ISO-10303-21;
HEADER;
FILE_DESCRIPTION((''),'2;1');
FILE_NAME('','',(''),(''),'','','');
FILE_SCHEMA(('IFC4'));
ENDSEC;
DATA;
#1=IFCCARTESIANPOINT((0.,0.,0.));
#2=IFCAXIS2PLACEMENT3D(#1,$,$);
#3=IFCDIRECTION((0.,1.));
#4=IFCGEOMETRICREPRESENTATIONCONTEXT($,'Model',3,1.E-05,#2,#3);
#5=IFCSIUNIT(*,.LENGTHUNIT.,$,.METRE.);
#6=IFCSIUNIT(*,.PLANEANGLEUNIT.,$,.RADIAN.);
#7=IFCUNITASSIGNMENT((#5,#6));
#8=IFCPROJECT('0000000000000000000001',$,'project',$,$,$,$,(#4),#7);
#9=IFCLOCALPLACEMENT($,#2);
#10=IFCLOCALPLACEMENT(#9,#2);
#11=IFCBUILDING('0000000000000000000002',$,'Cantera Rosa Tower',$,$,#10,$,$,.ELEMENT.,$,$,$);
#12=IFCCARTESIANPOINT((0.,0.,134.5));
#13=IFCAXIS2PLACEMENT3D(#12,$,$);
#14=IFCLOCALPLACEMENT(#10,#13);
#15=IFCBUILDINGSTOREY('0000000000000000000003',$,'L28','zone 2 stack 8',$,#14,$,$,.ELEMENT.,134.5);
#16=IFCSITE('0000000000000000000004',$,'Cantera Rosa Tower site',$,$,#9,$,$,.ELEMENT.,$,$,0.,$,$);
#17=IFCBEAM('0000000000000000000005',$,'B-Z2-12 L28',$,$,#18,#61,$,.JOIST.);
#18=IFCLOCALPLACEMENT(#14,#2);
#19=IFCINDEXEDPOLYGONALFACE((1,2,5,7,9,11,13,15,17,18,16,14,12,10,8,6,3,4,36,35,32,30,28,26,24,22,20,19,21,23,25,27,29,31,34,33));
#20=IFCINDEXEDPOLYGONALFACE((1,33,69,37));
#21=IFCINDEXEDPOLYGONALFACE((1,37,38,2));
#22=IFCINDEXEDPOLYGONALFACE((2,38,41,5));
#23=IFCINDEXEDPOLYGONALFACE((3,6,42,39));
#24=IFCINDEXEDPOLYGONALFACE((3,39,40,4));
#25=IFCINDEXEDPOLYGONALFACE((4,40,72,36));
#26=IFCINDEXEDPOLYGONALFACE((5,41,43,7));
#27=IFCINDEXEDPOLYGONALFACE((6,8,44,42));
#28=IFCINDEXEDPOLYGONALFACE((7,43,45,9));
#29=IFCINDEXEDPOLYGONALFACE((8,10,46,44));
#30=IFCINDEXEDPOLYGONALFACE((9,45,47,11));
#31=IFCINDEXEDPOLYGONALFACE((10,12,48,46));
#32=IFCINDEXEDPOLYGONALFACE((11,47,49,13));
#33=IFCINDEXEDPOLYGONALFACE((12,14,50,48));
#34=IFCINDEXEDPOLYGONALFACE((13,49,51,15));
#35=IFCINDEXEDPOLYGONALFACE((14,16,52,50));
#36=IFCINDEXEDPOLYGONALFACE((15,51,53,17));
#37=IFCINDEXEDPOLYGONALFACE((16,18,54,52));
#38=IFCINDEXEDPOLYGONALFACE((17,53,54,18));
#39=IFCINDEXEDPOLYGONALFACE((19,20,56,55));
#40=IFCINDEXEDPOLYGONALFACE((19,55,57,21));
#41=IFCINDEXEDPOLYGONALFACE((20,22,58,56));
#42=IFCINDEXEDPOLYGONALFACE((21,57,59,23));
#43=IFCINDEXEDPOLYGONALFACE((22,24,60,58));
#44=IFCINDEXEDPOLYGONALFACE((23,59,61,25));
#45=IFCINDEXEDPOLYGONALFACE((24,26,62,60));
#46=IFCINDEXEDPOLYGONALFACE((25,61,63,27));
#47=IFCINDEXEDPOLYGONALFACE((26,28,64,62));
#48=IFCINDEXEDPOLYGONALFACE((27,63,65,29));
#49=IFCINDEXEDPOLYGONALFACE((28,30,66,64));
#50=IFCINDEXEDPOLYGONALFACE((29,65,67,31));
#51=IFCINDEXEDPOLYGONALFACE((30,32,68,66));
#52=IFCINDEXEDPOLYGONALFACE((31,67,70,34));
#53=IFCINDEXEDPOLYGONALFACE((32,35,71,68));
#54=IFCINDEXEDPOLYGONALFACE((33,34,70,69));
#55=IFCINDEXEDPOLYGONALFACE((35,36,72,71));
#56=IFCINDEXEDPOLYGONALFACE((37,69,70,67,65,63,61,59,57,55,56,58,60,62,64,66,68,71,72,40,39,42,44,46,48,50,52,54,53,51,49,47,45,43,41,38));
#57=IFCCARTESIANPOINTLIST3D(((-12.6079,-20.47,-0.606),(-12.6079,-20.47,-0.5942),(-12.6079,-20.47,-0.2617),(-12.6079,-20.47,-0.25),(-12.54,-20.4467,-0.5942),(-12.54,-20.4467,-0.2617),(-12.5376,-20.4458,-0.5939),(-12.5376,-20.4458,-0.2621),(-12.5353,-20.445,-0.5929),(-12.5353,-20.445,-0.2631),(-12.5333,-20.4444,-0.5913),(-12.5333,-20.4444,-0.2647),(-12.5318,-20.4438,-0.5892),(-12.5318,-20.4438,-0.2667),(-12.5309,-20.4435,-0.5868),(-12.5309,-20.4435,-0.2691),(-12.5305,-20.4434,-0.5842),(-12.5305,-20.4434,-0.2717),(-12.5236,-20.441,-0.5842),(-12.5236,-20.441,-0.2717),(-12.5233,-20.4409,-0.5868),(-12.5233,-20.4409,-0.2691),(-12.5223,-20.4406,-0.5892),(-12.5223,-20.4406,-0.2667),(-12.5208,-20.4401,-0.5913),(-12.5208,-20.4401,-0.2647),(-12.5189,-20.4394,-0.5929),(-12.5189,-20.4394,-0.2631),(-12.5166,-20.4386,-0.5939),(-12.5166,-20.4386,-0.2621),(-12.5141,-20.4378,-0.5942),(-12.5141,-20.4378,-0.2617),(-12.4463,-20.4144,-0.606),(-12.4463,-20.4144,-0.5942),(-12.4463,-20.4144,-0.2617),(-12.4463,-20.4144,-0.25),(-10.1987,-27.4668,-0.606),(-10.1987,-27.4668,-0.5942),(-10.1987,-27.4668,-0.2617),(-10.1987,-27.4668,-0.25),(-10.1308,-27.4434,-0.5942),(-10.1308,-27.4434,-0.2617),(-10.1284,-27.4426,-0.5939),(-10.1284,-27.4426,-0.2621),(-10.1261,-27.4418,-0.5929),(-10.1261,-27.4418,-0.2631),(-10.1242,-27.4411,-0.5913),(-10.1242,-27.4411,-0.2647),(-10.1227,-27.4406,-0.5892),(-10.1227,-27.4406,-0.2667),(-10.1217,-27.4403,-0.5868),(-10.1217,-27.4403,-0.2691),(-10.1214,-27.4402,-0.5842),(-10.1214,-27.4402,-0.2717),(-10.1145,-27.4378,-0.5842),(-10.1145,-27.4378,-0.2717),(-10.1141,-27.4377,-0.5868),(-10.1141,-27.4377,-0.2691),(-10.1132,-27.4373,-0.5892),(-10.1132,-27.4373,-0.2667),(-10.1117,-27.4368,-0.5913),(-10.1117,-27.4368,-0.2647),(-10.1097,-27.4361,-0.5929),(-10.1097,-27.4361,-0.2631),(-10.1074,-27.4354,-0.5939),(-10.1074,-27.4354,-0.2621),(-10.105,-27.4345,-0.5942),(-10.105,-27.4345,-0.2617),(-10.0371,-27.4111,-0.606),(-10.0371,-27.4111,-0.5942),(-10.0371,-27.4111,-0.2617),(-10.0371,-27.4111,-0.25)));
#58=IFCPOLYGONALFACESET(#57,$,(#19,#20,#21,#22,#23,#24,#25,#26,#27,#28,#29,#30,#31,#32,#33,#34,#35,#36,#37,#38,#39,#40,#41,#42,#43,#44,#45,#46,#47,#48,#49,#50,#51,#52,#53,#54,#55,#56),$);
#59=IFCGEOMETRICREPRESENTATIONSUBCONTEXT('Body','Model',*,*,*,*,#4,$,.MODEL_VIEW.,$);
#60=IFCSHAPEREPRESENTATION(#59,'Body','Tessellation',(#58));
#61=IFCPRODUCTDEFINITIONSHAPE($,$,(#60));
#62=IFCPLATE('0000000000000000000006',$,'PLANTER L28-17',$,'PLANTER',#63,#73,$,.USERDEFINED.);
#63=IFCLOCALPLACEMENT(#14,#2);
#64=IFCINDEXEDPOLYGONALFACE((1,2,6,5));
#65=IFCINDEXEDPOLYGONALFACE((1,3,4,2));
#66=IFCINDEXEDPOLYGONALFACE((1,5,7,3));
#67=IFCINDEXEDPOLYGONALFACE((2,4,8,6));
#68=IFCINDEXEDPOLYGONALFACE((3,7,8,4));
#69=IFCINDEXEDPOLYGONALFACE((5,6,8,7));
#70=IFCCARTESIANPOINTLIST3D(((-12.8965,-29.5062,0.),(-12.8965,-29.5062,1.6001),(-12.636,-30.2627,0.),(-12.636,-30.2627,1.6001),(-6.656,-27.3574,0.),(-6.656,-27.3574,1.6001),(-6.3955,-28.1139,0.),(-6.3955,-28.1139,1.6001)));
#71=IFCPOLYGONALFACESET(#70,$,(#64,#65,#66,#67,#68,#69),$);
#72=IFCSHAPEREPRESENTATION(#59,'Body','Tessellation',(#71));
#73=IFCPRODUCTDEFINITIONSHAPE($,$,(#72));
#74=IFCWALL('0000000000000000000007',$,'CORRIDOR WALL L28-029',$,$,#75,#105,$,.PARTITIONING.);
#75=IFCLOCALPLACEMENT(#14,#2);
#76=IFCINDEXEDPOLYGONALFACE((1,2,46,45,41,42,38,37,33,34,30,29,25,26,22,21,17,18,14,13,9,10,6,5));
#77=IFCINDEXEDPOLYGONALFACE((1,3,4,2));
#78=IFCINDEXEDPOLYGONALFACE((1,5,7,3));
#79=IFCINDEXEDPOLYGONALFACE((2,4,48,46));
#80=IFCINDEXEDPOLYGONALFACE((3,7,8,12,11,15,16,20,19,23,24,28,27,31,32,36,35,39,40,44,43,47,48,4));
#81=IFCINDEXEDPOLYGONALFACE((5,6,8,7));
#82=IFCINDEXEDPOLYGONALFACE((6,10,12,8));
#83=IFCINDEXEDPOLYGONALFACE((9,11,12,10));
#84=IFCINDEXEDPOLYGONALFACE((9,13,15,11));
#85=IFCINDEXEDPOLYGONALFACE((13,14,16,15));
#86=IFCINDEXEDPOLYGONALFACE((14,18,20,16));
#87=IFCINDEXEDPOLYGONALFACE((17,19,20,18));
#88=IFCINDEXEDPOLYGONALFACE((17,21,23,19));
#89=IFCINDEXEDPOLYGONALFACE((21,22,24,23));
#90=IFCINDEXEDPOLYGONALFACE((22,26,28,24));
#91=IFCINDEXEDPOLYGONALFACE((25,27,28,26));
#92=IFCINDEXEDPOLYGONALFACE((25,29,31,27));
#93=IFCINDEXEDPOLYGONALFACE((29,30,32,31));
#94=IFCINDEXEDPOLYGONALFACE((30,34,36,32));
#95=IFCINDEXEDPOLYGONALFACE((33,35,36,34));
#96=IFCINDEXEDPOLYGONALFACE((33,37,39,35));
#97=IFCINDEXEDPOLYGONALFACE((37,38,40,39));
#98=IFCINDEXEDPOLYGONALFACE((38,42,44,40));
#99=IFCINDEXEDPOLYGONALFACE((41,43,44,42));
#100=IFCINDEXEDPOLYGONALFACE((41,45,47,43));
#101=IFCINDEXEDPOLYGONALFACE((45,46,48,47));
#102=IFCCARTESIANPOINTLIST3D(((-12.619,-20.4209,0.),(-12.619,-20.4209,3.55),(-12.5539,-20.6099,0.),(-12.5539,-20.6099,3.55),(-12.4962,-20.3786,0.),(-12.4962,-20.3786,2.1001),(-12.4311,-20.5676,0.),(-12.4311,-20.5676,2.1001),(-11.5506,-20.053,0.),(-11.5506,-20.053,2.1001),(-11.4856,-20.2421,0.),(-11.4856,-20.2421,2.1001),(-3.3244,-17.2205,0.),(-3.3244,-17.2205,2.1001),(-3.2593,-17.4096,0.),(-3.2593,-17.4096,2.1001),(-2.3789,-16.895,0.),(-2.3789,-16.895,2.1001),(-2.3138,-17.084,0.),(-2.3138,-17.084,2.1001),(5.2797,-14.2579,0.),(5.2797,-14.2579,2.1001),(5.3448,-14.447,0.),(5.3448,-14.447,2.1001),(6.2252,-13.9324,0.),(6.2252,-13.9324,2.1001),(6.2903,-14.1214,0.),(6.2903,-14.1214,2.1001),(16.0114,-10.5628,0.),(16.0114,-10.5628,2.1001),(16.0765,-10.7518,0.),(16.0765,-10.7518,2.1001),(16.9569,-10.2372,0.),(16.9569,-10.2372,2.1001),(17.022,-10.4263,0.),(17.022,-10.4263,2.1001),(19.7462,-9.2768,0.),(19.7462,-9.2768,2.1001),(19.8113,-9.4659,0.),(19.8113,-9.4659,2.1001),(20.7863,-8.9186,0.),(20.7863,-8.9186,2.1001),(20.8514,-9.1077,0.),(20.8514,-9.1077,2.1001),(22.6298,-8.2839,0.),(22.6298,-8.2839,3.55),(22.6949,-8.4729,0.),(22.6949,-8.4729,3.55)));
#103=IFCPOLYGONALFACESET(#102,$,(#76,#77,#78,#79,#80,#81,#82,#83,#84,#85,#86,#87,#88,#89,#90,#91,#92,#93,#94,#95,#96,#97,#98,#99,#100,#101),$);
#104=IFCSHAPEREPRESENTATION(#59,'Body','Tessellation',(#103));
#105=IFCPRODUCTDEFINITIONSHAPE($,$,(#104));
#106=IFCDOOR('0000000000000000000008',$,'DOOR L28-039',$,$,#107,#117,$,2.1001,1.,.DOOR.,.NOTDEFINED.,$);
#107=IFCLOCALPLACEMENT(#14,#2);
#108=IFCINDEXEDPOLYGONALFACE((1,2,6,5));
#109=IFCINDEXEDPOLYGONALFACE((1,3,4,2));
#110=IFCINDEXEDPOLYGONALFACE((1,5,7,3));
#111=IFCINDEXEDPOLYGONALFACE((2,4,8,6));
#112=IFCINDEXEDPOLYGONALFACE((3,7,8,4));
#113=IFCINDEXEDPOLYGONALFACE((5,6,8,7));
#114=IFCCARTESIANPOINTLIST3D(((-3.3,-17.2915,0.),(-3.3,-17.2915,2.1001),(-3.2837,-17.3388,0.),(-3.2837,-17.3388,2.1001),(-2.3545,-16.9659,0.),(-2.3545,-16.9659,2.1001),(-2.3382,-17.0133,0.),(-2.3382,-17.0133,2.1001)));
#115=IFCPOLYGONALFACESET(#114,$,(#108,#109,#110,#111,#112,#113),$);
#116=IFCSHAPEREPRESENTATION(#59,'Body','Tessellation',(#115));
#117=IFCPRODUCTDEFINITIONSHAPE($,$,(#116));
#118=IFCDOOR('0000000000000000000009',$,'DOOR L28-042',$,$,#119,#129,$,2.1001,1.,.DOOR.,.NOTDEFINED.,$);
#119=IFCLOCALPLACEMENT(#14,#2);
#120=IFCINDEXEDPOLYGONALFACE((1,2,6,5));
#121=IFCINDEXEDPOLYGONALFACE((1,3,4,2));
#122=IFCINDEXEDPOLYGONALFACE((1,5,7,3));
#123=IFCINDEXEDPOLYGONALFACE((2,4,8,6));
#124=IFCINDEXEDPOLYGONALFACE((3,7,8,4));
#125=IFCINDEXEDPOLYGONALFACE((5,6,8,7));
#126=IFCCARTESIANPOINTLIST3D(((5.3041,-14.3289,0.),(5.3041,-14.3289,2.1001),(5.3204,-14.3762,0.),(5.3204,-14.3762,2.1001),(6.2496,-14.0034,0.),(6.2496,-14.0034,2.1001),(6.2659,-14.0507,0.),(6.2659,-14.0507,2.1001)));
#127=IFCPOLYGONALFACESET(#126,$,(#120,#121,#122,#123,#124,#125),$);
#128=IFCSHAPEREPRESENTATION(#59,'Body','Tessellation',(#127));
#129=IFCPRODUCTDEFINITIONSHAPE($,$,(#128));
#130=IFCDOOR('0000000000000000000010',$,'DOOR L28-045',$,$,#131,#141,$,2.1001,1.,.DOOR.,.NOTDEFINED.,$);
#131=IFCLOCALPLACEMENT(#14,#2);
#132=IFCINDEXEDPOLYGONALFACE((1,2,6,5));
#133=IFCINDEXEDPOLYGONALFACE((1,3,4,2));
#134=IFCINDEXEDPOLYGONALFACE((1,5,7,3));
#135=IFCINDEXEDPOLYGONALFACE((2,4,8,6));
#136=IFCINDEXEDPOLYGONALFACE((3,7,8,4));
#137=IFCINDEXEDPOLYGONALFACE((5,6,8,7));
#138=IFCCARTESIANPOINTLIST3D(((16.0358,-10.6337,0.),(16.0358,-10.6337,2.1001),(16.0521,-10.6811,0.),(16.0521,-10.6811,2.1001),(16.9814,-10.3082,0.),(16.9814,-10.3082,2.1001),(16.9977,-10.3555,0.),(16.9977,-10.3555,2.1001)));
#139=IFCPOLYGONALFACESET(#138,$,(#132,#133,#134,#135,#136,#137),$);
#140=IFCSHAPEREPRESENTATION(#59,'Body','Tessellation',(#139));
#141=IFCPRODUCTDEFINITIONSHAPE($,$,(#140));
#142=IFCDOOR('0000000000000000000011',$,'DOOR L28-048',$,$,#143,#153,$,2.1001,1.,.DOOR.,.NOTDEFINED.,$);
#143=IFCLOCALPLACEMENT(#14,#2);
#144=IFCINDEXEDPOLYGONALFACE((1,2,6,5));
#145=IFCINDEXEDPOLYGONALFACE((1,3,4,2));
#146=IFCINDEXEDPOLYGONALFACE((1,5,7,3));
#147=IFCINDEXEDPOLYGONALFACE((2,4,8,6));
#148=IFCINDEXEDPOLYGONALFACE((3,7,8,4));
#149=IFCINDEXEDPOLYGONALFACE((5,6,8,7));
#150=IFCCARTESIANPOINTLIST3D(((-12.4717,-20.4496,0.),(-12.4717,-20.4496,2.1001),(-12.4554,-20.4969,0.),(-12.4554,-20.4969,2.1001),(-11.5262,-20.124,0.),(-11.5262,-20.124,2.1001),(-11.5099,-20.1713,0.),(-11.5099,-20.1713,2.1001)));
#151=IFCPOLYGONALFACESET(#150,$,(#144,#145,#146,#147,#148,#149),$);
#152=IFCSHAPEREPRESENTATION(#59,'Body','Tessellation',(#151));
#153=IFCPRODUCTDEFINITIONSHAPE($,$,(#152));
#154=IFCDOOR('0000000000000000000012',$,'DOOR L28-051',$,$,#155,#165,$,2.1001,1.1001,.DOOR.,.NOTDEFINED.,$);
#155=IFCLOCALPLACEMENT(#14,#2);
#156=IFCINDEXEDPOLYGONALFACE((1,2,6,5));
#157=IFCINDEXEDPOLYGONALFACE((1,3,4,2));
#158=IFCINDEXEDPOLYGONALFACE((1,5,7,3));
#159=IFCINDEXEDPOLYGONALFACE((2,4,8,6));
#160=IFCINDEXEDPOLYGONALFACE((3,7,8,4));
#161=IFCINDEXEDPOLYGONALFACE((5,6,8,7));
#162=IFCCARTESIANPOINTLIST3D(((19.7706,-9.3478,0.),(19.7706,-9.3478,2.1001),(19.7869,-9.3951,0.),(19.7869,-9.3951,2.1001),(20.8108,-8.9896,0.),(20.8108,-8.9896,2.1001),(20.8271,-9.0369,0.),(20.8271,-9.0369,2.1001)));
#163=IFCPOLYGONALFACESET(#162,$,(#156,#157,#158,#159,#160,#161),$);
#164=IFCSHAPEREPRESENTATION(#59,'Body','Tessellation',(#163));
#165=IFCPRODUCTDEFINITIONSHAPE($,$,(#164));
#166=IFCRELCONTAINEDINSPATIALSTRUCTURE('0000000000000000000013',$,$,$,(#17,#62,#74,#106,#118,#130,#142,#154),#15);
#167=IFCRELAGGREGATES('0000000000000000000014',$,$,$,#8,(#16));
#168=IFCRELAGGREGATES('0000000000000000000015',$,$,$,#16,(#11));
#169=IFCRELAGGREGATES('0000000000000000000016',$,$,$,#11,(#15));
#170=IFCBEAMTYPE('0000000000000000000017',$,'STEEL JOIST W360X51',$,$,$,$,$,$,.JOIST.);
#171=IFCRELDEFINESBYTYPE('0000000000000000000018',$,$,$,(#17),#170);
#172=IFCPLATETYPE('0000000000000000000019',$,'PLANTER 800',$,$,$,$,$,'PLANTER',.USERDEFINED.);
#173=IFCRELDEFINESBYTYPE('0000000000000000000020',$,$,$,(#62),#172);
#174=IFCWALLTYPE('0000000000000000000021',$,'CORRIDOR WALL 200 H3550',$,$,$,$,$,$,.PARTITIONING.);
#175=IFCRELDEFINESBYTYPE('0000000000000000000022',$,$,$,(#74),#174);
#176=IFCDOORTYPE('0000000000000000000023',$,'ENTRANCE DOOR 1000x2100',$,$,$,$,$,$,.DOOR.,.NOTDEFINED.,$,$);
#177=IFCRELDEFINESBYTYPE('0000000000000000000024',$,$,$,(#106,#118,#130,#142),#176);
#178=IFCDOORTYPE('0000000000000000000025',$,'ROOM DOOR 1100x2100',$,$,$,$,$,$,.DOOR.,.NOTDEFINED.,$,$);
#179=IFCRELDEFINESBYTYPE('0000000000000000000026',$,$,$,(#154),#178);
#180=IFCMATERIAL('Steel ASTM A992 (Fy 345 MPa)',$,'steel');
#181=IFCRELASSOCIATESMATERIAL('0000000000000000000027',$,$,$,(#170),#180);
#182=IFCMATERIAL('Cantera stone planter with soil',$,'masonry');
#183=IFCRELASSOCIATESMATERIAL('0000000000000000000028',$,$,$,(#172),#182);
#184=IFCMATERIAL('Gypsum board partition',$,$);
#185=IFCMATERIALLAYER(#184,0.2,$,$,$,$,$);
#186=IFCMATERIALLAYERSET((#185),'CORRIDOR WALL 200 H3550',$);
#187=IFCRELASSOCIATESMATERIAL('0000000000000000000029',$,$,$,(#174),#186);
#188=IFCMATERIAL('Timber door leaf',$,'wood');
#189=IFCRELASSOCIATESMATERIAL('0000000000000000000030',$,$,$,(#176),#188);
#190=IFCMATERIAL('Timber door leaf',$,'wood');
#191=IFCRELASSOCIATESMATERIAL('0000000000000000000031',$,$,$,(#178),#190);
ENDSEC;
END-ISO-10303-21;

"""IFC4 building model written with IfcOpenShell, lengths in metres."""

from ifc_helpers import new_model, si_unit, direction, frame, frame_2d, origin, origin_2d, place, context, subcontext, project, spatial, rectangle, i_section, extrude, material, layer, layer_set, material_profile, profile_set, type_object, element, fill, save


model = new_model("IFC4")

# Units and contexts
model_context = context("Model", 3, precision=1e-05, world=origin(), true_north=direction((0.0, 1.0)))
body_context = subcontext(model_context, "Body", "Model", "MODEL_VIEW")
ifc_project = project(units=[si_unit("LENGTHUNIT", "METRE"), si_unit("PLANEANGLEUNIT", "RADIAN")], contexts=[model_context])

# Site, building, storey
site_placement = place(None, origin())
site = spatial("IfcSite", under=ifc_project, at=site_placement, Name="Cantera Rosa Tower site", CompositionType="ELEMENT", RefElevation=0.0)
building_placement = place(site_placement, origin())
building = spatial("IfcBuilding", under=site, at=building_placement, Name="Cantera Rosa Tower", CompositionType="ELEMENT")
storey_placement = place(building_placement, frame((0.0, 0.0, 134.5)))
storey = spatial("IfcBuildingStorey", under=building, at=storey_placement, Name="L28", Description="zone 2 stack 8", CompositionType="ELEMENT", Elevation=134.5)

# Beam
ifc_material_1 = material(Name="Steel ASTM A992 (Fy 345 MPa)", Category="steel")
ifc_material_profile_1 = material_profile(ifc_material_1, i_section(OverallWidth=0.1709, OverallDepth=0.356, WebThickness=0.0073, FlangeThickness=0.0117, FilletRadius=0.01, at=origin_2d()), Name="W360X51")
ifc_profile_set_1 = profile_set([ifc_material_profile_1], Name="Steel ASTM A992 (Fy 345 MPa)")
beam_type_1 = type_object("IfcBeamType", Name="STEEL JOIST W360X51", PredefinedType="JOIST", material=ifc_profile_set_1)
beam_1_placement = place(storey_placement, frame((-10.1179, -27.439, -0.428), z_axis=(-0.325566, 0.945519, 0.0), x_axis=(-0.945519, -0.325566, 0.0)))
element("IfcBeam", 1, at=beam_1_placement, inside=storey, type_object=beam_type_1, Name="B-Z2-12 L28", PredefinedType="JOIST", context=body_context, shape_type="SweptSolid", body=[
    extrude(i_section(OverallWidth=0.1709, OverallDepth=0.356, WebThickness=0.0073, FlangeThickness=0.0117, FilletRadius=0.01, at=origin_2d()), origin(), (0.0, 0.0, 1.0), 7.3999),
])

# Plate
ifc_material_2 = material(Name="Cantera stone planter with soil", Category="masonry")
plate_type = type_object("IfcPlateType", Name="PLANTER 800", ElementType="PLANTER", PredefinedType="USERDEFINED", material=ifc_material_2)
plate_placement = place(storey_placement, frame((-9.646, -28.8101, 0.0), z_axis=(0.0, 0.0, 1.0), x_axis=(0.945519, 0.325568, 0.0)))
element("IfcPlate", 2, at=plate_placement, inside=storey, type_object=plate_type, Name="PLANTER L28-17", ObjectType="PLANTER", PredefinedType="USERDEFINED", context=body_context, shape_type="SweptSolid", body=[
    extrude(rectangle(XDim=6.6001, YDim=0.8, at=origin_2d()), origin(), (0.0, 0.0, 1.0), 1.6001),
])

# Wall, openings, doors
ifc_material_3 = material(Name="Gypsum board partition")
ifc_layer_1 = layer(ifc_material_3, 0.2)
ifc_layer_set_1 = layer_set([ifc_layer_1], Name="CORRIDOR WALL 200 H3550")
wall_type_1 = type_object("IfcWallType", Name="CORRIDOR WALL 200 H3550", PredefinedType="PARTITIONING", material=ifc_layer_set_1)
wall_1_placement = place(storey_placement, frame((-12.5864, -20.5154, 0.0), z_axis=(0.0, 0.0, 1.0), x_axis=(0.94552, 0.325564, 0.0)))
wall_1 = element("IfcWall", 3, at=wall_1_placement, inside=storey, type_object=wall_type_1, Name="CORRIDOR WALL L28-029", PredefinedType="PARTITIONING", context=body_context, shape_type="SweptSolid", body=[
    extrude(rectangle(XDim=37.2798, YDim=0.2, at=frame_2d((18.6399, 0.0))), origin(), (0.0, 0.0, 1.0), 3.55),
])
opening_1_placement = place(wall_1_placement, frame((9.8301, 0.0, 0.0)))
opening_1 = element("IfcOpeningElement", 4, at=opening_1_placement, cuts=wall_1, PredefinedType="OPENING", context=body_context, shape_type="SweptSolid", body=[
    extrude(rectangle(XDim=1.0, YDim=2.1001, at=frame_2d((0.5, 1.05))), frame((0.0, 0.1099, 0.0), z_axis=(0.0, -1.0, 0.0), x_axis=(1.0, 0.0, 0.0)), (0.0, 0.0, 1.0), 0.22),
])
opening_2_placement = place(wall_1_placement, frame((18.9299, 0.0, 0.0)))
opening_2 = element("IfcOpeningElement", 5, at=opening_2_placement, cuts=wall_1, PredefinedType="OPENING", context=body_context, shape_type="SweptSolid", body=[
    extrude(rectangle(XDim=1.0, YDim=2.1001, at=frame_2d((0.5, 1.05))), frame((0.0, 0.1099, 0.0), z_axis=(0.0, -1.0, 0.0), x_axis=(1.0, 0.0, 0.0)), (0.0, 0.0, 1.0), 0.22),
])
opening_3_placement = place(wall_1_placement, frame((30.28, 0.0, 0.0)))
opening_3 = element("IfcOpeningElement", 6, at=opening_3_placement, cuts=wall_1, PredefinedType="OPENING", context=body_context, shape_type="SweptSolid", body=[
    extrude(rectangle(XDim=1.0, YDim=2.1001, at=frame_2d((0.5, 1.05))), frame((0.0, 0.1099, 0.0), z_axis=(0.0, -1.0, 0.0), x_axis=(1.0, 0.0, 0.0)), (0.0, 0.0, 1.0), 0.22),
])
opening_4_placement = place(wall_1_placement, frame((0.1299, 0.0, 0.0)))
opening_4 = element("IfcOpeningElement", 7, at=opening_4_placement, cuts=wall_1, PredefinedType="OPENING", context=body_context, shape_type="SweptSolid", body=[
    extrude(rectangle(XDim=1.0, YDim=2.1001, at=frame_2d((0.5, 1.05))), frame((0.0, 0.1099, 0.0), z_axis=(0.0, -1.0, 0.0), x_axis=(1.0, 0.0, 0.0)), (0.0, 0.0, 1.0), 0.22),
])
opening_5_placement = place(wall_1_placement, frame((34.23, 0.0, 0.0)))
opening_5 = element("IfcOpeningElement", 8, at=opening_5_placement, cuts=wall_1, PredefinedType="OPENING", context=body_context, shape_type="SweptSolid", body=[
    extrude(rectangle(XDim=1.1001, YDim=2.1001, at=frame_2d((0.55, 1.05))), frame((0.0, 0.1099, 0.0), z_axis=(0.0, -1.0, 0.0), x_axis=(1.0, 0.0, 0.0)), (0.0, 0.0, 1.0), 0.22),
])
ifc_material_4 = material(Name="Timber door leaf", Category="wood")
door_type_1 = type_object("IfcDoorType", Name="ENTRANCE DOOR 1000x2100", OperationType="NOTDEFINED", PredefinedType="DOOR", material=ifc_material_4)
door_1_placement = place(opening_1_placement, origin())
door_1 = element("IfcDoor", 9, at=door_1_placement, inside=storey, type_object=door_type_1, Name="DOOR L28-039", OperationType="NOTDEFINED", OverallHeight=2.1001, OverallWidth=1.0, PredefinedType="DOOR", context=body_context, shape_type="SweptSolid", body=[
    extrude(rectangle(XDim=1.0, YDim=2.1001, at=frame_2d((0.5, 1.05))), frame((0.0, 0.0249, 0.0), z_axis=(0.0, -1.0, 0.0), x_axis=(1.0, 0.0, 0.0)), (0.0, 0.0, 1.0), 0.05),
])
fill(opening_1, door_1)
door_2_placement = place(opening_2_placement, origin())
door_2 = element("IfcDoor", 10, at=door_2_placement, inside=storey, type_object=door_type_1, Name="DOOR L28-042", OperationType="NOTDEFINED", OverallHeight=2.1001, OverallWidth=1.0, PredefinedType="DOOR", context=body_context, shape_type="SweptSolid", body=[
    extrude(rectangle(XDim=1.0, YDim=2.1001, at=frame_2d((0.5, 1.05))), frame((0.0, 0.0249, 0.0), z_axis=(0.0, -1.0, 0.0), x_axis=(1.0, 0.0, 0.0)), (0.0, 0.0, 1.0), 0.05),
])
fill(opening_2, door_2)
door_3_placement = place(opening_3_placement, origin())
door_3 = element("IfcDoor", 11, at=door_3_placement, inside=storey, type_object=door_type_1, Name="DOOR L28-045", OperationType="NOTDEFINED", OverallHeight=2.1001, OverallWidth=1.0, PredefinedType="DOOR", context=body_context, shape_type="SweptSolid", body=[
    extrude(rectangle(XDim=1.0, YDim=2.1001, at=frame_2d((0.5, 1.05))), frame((0.0, 0.0249, 0.0), z_axis=(0.0, -1.0, 0.0), x_axis=(1.0, 0.0, 0.0)), (0.0, 0.0, 1.0), 0.05),
])
fill(opening_3, door_3)
door_4_placement = place(opening_4_placement, origin())
door_4 = element("IfcDoor", 12, at=door_4_placement, inside=storey, type_object=door_type_1, Name="DOOR L28-048", OperationType="NOTDEFINED", OverallHeight=2.1001, OverallWidth=1.0, PredefinedType="DOOR", context=body_context, shape_type="SweptSolid", body=[
    extrude(rectangle(XDim=1.0, YDim=2.1001, at=frame_2d((0.5, 1.05))), frame((0.0, 0.0249, 0.0), z_axis=(0.0, -1.0, 0.0), x_axis=(1.0, 0.0, 0.0)), (0.0, 0.0, 1.0), 0.05),
])
fill(opening_4, door_4)
ifc_material_5 = material(Name="Timber door leaf", Category="wood")
door_type_2 = type_object("IfcDoorType", Name="ROOM DOOR 1100x2100", OperationType="NOTDEFINED", PredefinedType="DOOR", material=ifc_material_5)
door_5_placement = place(opening_5_placement, origin())
door_5 = element("IfcDoor", 13, at=door_5_placement, inside=storey, type_object=door_type_2, Name="DOOR L28-051", OperationType="NOTDEFINED", OverallHeight=2.1001, OverallWidth=1.1001, PredefinedType="DOOR", context=body_context, shape_type="SweptSolid", body=[
    extrude(rectangle(XDim=1.1001, YDim=2.1001, at=frame_2d((0.55, 1.05))), frame((0.0, 0.0249, 0.0), z_axis=(0.0, -1.0, 0.0), x_axis=(1.0, 0.0, 0.0)), (0.0, 0.0, 1.0), 0.05),
])
fill(opening_5, door_5)

save(model, "model.ifc")
